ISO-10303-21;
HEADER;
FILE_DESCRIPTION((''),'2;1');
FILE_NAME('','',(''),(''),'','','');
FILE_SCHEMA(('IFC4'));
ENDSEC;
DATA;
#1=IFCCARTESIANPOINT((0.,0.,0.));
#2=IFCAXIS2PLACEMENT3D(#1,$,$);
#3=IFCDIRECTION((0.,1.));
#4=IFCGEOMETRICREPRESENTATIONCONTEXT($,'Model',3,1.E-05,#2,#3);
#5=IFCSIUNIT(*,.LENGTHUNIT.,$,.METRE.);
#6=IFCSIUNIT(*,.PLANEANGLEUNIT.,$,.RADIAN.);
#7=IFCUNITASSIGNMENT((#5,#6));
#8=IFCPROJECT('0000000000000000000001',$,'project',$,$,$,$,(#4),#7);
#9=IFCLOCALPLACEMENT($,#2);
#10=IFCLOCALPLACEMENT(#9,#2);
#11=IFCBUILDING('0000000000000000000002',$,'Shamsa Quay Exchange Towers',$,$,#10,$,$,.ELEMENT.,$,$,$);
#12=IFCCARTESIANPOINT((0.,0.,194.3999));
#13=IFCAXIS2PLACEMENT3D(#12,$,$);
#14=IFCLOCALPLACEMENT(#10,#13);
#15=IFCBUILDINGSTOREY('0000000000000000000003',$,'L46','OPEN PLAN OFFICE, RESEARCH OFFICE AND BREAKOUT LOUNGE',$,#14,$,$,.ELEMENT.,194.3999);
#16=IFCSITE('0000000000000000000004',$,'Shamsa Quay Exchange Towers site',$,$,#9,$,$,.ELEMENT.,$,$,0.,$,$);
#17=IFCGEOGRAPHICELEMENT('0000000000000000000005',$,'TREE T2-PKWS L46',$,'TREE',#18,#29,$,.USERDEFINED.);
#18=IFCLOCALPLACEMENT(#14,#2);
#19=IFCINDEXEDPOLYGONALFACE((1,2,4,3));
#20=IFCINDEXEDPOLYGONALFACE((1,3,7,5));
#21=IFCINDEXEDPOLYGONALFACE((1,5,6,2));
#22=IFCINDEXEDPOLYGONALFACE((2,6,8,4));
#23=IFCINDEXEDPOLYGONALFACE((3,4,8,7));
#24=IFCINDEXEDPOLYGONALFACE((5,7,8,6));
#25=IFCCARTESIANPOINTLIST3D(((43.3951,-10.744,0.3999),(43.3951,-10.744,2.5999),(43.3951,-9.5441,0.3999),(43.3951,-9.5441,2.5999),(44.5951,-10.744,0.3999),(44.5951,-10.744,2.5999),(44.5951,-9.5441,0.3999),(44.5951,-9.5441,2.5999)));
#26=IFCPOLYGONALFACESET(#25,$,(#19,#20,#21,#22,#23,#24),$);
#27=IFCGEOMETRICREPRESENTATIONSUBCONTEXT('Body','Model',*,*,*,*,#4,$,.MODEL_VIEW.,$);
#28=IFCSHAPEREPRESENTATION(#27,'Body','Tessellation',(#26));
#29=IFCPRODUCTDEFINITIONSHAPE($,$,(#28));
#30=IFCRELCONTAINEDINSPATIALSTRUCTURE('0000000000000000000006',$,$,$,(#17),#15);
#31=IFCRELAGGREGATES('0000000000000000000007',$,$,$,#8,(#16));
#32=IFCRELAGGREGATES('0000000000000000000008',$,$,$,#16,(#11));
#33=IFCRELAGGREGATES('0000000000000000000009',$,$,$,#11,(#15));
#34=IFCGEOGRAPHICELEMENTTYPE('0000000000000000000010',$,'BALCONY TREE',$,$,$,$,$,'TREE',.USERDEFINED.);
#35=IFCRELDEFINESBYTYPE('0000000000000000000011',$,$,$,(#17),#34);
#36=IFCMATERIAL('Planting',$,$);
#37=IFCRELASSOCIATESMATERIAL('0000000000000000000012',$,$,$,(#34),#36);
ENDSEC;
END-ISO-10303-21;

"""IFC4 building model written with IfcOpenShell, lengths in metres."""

from ifc_helpers import new_model, si_unit, direction, frame, origin, origin_2d, place, context, subcontext, project, spatial, rectangle, extrude, material, type_object, element, save


model = new_model("IFC4")

# Units and contexts
model_context = context("Model", 3, precision=1e-05, world=origin(), true_north=direction((0.0, 1.0)))
body_context = subcontext(model_context, "Body", "Model", "MODEL_VIEW")
ifc_project = project(units=[si_unit("LENGTHUNIT", "METRE"), si_unit("PLANEANGLEUNIT", "RADIAN")], contexts=[model_context])

# Site, building, storey
site_placement = place(None, origin())
site = spatial("IfcSite", under=ifc_project, at=site_placement, Name="Shamsa Quay Exchange Towers site", CompositionType="ELEMENT", RefElevation=0.0)
building_placement = place(site_placement, origin())
building = spatial("IfcBuilding", under=site, at=building_placement, Name="Shamsa Quay Exchange Towers", CompositionType="ELEMENT")
storey_placement = place(building_placement, frame((0.0, 0.0, 194.3999)))
storey = spatial("IfcBuildingStorey", under=building, at=storey_placement, Name="L46", Description="OPEN PLAN OFFICE, RESEARCH OFFICE AND BREAKOUT LOUNGE", CompositionType="ELEMENT", Elevation=194.3999)

# Geographic element
ifc_material_1 = material(Name="Planting")
geographic_element_type = type_object("IfcGeographicElementType", Name="BALCONY TREE", ElementType="TREE", PredefinedType="USERDEFINED", material=ifc_material_1)
geographic_element_placement = place(storey_placement, frame((43.9951, -10.144, 0.3999), z_axis=(0.0, 0.0, 1.0), x_axis=(0.0, 1.0, 0.0)))
element("IfcGeographicElement", 1, at=geographic_element_placement, inside=storey, type_object=geographic_element_type, Name="TREE T2-PKWS L46", ObjectType="TREE", PredefinedType="USERDEFINED", context=body_context, shape_type="SweptSolid", body=[
    extrude(rectangle(XDim=1.2, YDim=1.2, at=origin_2d()), origin(), (0.0, 0.0, 1.0), 2.2),
])

save(model, "model.ifc")
